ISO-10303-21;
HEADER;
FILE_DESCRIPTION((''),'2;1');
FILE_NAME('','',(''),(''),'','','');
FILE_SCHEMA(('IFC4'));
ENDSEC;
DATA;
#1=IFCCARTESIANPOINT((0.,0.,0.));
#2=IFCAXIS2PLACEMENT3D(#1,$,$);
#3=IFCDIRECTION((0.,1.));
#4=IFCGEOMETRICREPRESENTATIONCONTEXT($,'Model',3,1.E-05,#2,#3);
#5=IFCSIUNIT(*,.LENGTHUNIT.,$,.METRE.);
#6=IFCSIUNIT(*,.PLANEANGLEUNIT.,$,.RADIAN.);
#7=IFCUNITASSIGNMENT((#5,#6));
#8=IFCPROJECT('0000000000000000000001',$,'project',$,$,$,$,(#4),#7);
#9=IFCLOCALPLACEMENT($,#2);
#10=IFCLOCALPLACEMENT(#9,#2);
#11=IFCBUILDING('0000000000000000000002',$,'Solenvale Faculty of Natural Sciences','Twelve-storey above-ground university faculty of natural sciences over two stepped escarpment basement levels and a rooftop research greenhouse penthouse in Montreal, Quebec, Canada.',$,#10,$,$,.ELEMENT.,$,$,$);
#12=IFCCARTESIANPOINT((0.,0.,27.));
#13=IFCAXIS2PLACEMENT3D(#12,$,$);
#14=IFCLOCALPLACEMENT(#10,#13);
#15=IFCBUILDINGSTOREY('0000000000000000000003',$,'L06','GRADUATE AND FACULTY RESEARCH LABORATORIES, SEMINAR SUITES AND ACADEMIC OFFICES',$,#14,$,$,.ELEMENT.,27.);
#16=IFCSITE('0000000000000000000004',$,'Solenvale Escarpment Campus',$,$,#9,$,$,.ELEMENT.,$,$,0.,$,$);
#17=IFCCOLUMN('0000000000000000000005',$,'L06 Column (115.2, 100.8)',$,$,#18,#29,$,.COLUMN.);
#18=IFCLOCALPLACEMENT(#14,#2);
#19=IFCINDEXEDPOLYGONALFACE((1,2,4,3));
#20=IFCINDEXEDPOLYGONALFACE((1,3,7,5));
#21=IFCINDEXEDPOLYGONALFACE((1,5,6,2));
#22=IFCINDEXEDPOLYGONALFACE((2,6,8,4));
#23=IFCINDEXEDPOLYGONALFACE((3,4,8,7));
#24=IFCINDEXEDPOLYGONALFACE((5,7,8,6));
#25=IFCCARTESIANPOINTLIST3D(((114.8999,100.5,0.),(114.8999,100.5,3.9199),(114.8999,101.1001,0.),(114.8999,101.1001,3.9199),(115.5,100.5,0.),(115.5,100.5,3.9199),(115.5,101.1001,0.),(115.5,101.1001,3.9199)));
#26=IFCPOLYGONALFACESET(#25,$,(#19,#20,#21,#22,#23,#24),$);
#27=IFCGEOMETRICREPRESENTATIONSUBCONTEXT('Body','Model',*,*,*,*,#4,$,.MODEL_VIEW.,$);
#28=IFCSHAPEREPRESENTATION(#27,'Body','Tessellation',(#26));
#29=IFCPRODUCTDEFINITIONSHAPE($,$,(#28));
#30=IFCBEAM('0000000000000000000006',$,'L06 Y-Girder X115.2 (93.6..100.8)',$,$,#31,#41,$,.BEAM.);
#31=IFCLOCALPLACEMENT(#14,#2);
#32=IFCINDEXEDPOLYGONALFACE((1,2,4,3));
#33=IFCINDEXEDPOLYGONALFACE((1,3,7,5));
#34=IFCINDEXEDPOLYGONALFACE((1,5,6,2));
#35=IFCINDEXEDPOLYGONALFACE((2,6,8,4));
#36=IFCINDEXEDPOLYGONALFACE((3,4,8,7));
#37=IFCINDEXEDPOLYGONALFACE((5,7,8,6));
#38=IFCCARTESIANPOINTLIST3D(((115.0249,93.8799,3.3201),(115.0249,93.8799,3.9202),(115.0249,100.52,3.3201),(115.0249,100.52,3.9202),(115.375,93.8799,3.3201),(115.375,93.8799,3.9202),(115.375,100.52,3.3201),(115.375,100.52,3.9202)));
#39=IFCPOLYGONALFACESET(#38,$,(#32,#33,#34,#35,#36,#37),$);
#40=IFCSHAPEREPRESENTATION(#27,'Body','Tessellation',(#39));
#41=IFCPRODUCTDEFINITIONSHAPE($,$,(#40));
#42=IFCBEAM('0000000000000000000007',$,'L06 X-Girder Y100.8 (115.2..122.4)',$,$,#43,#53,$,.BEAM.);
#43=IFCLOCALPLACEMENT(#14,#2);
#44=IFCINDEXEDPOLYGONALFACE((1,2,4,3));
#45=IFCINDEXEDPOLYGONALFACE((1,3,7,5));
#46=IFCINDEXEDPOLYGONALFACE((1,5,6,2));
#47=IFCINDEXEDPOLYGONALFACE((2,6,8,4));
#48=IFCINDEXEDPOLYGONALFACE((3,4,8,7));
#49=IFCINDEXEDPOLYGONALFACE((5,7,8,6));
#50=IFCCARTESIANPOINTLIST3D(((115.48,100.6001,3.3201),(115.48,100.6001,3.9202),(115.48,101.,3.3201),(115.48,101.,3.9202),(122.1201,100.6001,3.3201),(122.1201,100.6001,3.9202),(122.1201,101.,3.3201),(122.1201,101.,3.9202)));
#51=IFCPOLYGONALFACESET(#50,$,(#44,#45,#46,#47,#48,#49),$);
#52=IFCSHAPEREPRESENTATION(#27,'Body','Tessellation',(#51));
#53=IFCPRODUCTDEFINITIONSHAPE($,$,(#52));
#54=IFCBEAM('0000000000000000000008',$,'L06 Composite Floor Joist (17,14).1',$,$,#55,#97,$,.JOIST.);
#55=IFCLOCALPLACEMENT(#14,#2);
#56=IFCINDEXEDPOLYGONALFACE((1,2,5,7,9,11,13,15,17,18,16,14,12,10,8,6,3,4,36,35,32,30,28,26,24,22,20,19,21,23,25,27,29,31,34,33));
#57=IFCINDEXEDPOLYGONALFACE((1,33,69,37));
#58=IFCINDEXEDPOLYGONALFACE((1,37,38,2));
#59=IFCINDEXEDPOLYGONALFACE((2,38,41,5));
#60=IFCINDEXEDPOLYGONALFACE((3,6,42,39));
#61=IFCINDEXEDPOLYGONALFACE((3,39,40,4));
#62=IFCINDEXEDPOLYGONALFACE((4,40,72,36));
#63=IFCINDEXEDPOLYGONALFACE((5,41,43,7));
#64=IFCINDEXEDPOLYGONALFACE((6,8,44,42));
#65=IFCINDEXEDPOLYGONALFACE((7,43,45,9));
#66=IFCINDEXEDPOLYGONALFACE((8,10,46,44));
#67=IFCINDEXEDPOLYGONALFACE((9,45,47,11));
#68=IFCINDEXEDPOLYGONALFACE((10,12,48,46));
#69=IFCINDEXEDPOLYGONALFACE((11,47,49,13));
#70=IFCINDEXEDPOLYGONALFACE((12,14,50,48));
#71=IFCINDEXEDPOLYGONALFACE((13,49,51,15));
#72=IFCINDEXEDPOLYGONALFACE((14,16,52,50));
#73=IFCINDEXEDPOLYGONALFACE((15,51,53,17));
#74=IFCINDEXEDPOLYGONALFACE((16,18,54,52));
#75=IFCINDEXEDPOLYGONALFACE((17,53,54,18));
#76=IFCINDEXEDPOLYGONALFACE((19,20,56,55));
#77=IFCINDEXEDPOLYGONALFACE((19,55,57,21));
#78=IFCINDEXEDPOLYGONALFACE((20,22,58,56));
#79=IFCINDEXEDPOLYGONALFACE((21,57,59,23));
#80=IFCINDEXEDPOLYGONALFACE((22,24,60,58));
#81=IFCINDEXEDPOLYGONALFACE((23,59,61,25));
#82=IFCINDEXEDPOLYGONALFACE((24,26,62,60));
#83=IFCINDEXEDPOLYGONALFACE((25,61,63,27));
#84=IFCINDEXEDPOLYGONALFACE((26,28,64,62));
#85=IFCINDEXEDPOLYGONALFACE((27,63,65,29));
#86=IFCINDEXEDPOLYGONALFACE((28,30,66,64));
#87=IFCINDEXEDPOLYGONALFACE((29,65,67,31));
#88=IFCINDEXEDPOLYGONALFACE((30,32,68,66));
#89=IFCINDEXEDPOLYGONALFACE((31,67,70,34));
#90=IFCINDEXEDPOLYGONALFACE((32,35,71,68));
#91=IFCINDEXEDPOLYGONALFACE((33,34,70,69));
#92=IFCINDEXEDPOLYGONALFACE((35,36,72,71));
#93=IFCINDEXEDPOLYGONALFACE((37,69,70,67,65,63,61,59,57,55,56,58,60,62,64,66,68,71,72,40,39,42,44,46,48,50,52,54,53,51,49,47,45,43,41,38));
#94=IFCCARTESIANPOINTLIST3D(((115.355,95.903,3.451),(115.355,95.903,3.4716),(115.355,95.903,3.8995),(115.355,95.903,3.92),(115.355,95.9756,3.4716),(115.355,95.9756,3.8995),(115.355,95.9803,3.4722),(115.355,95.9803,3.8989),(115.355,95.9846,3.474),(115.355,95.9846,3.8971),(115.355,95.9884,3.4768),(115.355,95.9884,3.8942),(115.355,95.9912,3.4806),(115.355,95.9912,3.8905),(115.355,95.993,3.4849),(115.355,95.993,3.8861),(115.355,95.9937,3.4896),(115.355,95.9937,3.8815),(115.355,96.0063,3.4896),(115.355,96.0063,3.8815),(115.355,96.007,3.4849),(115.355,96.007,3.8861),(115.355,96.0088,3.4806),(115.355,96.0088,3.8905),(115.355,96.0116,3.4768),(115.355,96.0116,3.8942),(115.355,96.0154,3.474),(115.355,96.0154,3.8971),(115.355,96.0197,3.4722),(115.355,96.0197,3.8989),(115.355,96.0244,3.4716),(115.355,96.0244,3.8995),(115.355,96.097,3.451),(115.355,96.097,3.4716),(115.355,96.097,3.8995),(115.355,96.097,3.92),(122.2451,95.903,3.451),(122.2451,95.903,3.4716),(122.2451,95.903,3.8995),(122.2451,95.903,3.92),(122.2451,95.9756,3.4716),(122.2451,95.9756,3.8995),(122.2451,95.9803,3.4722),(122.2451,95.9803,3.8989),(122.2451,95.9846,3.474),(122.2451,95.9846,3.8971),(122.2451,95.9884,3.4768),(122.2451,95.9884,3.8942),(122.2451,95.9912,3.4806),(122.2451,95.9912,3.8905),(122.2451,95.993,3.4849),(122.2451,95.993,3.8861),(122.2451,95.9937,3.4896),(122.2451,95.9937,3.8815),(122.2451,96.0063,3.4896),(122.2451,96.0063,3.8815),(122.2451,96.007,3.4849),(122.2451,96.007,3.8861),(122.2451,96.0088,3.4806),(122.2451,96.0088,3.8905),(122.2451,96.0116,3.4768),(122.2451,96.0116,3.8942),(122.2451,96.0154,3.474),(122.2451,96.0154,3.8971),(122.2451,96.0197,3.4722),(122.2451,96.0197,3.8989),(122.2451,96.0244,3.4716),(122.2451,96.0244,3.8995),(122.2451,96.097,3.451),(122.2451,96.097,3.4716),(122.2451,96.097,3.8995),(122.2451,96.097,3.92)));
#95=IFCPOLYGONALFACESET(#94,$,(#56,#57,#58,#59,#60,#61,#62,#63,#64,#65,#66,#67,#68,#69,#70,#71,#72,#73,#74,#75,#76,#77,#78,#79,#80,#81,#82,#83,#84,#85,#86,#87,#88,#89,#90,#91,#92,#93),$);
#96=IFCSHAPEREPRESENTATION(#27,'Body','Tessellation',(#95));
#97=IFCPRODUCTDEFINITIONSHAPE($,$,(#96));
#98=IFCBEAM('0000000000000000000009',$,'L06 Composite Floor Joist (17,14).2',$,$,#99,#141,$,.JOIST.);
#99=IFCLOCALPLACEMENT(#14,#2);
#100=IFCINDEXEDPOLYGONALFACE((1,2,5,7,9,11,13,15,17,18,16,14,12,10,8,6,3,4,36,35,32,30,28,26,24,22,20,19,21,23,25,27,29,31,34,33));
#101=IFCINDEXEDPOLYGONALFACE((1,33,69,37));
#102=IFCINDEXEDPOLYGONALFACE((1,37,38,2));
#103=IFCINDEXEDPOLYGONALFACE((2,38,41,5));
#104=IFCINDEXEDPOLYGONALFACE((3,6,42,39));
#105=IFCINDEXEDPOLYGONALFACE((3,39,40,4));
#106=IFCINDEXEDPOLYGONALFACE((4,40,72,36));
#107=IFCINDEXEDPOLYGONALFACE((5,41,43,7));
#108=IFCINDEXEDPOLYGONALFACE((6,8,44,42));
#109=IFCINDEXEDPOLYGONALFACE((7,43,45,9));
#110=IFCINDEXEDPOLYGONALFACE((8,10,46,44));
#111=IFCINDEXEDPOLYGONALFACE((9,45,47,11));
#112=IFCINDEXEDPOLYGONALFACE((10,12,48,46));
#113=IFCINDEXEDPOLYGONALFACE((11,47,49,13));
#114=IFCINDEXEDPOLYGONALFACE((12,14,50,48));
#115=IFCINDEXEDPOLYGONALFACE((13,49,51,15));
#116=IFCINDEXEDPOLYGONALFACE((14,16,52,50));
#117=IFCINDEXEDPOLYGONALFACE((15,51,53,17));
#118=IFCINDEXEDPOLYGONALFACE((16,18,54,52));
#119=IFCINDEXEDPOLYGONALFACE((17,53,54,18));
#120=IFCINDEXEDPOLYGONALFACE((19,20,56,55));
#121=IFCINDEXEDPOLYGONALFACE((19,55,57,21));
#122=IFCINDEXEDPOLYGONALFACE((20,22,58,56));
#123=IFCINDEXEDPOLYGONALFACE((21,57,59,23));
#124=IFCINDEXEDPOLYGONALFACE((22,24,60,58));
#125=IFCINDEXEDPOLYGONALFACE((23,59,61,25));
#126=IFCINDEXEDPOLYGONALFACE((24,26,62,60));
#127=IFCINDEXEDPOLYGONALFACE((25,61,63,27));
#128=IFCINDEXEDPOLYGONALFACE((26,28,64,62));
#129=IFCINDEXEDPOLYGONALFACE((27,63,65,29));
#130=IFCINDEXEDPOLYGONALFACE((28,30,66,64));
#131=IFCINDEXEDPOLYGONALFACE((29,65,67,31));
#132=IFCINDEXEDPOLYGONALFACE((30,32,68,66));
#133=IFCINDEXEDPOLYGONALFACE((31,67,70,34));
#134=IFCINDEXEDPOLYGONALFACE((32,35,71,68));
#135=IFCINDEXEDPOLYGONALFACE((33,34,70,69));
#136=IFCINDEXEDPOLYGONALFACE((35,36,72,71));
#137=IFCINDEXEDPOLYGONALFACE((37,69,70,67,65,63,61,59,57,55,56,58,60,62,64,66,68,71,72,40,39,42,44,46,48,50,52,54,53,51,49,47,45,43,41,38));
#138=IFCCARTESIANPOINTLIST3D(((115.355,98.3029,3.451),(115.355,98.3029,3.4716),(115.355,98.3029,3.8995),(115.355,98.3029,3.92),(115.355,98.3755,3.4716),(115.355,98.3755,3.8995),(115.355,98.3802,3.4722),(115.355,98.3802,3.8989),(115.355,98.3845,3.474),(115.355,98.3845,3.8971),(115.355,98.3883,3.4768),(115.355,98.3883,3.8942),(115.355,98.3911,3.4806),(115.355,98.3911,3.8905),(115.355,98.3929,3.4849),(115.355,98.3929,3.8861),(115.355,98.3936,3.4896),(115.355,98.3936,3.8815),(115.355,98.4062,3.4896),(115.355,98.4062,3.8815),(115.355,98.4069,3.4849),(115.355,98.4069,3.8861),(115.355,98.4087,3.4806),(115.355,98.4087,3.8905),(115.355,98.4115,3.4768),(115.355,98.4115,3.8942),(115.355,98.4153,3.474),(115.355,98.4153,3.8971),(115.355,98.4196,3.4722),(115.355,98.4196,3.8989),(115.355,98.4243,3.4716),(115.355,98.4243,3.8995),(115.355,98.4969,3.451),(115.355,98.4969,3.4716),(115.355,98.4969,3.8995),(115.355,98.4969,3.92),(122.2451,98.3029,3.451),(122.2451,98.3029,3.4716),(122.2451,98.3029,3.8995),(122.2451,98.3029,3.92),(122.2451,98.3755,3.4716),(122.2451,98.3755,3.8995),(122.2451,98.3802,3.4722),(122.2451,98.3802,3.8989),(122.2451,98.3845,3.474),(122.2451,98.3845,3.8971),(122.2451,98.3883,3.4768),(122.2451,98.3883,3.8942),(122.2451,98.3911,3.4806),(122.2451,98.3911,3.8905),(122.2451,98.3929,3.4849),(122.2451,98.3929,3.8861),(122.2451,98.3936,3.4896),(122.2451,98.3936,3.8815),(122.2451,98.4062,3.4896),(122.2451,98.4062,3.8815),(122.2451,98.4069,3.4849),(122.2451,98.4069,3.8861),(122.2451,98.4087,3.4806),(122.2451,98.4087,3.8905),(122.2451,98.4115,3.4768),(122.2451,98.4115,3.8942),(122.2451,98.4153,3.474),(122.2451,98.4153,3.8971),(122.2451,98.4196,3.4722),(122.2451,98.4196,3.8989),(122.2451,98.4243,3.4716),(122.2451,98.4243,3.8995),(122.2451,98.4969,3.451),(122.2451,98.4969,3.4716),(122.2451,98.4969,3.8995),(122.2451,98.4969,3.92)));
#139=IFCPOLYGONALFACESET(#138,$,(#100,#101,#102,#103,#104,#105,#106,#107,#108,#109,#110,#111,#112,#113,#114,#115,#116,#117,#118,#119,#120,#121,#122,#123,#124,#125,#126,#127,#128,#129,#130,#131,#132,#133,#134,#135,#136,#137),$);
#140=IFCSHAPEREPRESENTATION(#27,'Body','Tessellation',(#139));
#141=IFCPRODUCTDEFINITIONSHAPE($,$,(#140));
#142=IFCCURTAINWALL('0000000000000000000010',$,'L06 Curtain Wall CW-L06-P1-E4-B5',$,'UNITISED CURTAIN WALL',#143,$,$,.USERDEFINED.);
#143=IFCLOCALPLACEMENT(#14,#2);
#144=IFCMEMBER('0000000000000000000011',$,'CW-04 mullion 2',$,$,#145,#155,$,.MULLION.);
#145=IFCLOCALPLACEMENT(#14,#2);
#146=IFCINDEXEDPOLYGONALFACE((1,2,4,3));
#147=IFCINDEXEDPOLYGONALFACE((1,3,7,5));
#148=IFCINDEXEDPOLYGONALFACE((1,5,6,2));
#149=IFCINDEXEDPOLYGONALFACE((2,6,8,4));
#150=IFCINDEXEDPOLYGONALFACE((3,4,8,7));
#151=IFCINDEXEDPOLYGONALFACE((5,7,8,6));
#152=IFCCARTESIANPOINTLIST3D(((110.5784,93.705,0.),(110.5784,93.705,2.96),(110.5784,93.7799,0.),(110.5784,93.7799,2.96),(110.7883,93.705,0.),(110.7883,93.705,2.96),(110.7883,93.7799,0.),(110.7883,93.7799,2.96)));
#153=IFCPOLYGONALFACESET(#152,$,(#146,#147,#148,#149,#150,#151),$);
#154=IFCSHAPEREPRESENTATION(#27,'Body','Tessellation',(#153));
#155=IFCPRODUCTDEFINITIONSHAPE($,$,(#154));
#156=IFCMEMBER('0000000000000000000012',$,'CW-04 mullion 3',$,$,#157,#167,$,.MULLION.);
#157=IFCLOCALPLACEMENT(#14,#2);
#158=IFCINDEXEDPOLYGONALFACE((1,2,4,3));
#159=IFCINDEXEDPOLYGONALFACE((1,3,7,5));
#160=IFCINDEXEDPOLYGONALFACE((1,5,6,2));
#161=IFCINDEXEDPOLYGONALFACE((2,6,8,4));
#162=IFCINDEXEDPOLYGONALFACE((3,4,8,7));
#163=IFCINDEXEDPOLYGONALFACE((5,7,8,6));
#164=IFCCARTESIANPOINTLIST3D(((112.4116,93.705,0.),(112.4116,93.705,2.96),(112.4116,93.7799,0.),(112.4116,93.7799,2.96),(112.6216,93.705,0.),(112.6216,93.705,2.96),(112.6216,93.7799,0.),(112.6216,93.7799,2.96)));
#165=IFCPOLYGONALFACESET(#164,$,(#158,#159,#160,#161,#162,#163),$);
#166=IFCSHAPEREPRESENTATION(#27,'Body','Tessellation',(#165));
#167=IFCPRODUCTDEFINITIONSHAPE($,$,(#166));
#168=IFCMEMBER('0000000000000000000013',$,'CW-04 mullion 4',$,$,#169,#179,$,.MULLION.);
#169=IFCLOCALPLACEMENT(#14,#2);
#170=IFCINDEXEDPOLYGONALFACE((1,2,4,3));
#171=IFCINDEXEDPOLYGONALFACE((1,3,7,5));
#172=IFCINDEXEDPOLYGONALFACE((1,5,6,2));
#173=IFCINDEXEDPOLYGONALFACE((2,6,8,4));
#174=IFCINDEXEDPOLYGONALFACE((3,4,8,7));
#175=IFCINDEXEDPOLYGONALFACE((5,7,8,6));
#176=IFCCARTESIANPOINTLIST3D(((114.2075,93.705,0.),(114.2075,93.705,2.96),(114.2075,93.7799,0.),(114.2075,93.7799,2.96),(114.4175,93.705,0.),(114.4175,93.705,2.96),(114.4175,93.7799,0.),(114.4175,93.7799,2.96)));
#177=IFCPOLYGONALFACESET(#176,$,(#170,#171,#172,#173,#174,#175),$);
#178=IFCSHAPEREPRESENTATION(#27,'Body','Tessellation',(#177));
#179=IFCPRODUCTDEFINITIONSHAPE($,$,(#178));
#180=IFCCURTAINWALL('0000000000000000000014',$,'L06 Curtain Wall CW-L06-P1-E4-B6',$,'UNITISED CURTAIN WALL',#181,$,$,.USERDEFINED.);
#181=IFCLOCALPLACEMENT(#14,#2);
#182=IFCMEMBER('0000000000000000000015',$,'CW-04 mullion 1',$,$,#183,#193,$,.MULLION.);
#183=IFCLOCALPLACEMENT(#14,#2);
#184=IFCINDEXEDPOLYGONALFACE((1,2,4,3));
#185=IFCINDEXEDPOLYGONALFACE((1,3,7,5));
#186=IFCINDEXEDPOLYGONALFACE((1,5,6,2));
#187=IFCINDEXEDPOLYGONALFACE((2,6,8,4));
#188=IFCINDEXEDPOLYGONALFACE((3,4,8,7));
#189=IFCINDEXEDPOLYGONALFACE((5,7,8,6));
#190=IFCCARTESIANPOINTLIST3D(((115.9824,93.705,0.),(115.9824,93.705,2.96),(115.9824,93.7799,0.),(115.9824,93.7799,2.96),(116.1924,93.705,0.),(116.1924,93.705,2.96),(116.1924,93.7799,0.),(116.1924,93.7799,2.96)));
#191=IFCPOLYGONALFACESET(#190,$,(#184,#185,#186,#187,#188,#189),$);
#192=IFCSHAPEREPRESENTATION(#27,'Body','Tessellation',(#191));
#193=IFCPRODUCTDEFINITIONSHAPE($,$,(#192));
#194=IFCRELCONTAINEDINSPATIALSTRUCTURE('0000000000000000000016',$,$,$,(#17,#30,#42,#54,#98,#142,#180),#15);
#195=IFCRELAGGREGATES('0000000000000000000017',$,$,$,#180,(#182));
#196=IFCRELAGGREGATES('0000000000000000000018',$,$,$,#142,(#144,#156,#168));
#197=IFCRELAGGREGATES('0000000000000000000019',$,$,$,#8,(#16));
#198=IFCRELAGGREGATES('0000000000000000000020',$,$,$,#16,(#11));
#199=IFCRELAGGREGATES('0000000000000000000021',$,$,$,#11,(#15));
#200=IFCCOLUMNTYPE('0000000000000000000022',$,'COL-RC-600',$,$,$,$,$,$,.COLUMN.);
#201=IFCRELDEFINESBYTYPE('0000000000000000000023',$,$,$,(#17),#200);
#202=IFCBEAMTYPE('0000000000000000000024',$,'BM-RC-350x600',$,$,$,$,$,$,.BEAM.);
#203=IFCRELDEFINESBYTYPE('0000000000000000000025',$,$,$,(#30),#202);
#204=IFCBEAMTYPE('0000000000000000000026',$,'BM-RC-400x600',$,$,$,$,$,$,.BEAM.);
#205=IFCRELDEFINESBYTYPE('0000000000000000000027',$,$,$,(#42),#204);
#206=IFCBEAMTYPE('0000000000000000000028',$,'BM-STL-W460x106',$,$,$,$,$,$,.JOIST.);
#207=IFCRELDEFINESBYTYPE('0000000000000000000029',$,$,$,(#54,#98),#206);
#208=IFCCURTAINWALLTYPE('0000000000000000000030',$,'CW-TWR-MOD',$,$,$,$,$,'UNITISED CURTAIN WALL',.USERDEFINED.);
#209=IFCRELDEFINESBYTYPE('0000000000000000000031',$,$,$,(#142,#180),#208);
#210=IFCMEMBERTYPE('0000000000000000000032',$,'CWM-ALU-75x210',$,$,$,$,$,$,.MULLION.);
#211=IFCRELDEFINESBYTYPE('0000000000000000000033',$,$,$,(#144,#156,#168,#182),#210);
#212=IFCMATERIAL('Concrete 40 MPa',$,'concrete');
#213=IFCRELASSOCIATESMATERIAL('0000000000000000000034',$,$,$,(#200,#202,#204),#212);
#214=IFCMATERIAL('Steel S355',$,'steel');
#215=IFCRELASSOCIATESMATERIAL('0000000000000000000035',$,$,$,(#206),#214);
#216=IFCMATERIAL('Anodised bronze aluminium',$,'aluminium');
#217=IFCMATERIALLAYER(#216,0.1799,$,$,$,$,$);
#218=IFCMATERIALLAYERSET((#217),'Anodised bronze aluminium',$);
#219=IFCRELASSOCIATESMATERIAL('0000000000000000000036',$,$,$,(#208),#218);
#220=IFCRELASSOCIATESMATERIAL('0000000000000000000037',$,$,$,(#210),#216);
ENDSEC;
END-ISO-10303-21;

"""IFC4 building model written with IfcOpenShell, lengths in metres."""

from ifc_helpers import new_model, si_unit, direction, frame, origin, origin_2d, place, context, subcontext, project, spatial, rectangle, i_section, extrude, material, layer, layer_set, material_profile, profile_set, type_object, element, aggregate, save


model = new_model("IFC4")

# Units and contexts
model_context = context("Model", 3, precision=1e-05, world=origin(), true_north=direction((0.0, 1.0)))
body_context = subcontext(model_context, "Body", "Model", "MODEL_VIEW")
ifc_project = project(units=[si_unit("LENGTHUNIT", "METRE"), si_unit("PLANEANGLEUNIT", "RADIAN")], contexts=[model_context])

# Site, building, storey
site_placement = place(None, origin())
site = spatial("IfcSite", under=ifc_project, at=site_placement, Name="Solenvale Escarpment Campus", CompositionType="ELEMENT", RefElevation=0.0)
building_placement = place(site_placement, origin())
building = spatial("IfcBuilding", under=site, at=building_placement, Name="Solenvale Faculty of Natural Sciences", Description="Twelve-storey above-ground university faculty of natural sciences over two stepped escarpment basement levels and a rooftop research greenhouse penthouse in Montreal, Quebec, Canada.", CompositionType="ELEMENT")
storey_placement = place(building_placement, frame((0.0, 0.0, 27.0)))
storey = spatial("IfcBuildingStorey", under=building, at=storey_placement, Name="L06", Description="GRADUATE AND FACULTY RESEARCH LABORATORIES, SEMINAR SUITES AND ACADEMIC OFFICES", CompositionType="ELEMENT", Elevation=27.0)

# Column
ifc_material_1 = material(Name="Concrete 40 MPa", Category="concrete")
ifc_material_profile_1 = material_profile(ifc_material_1, rectangle(XDim=0.6001, YDim=0.6001, at=origin_2d()), Name="RC-COL-600x600")
ifc_profile_set_1 = profile_set([ifc_material_profile_1], Name="Concrete 40 MPa")
column_type = type_object("IfcColumnType", Name="COL-RC-600", PredefinedType="COLUMN", material=ifc_profile_set_1)
column_placement = place(storey_placement, frame((115.2, 100.8, 0.0), z_axis=(0.0, 0.0, 1.0), x_axis=(1.0, 0.0, 0.0)))
element("IfcColumn", 1, at=column_placement, inside=storey, type_object=column_type, Name="L06 Column (115.2, 100.8)", PredefinedType="COLUMN", context=body_context, shape_type="SweptSolid", body=[
    extrude(rectangle(XDim=0.6001, YDim=0.6001, at=origin_2d()), origin(), (0.0, 0.0, 1.0), 3.9199),
])

# Beams
ifc_material_profile_2 = material_profile(ifc_material_1, rectangle(XDim=0.3501, YDim=0.6001, at=origin_2d()), Name="RC-BM-350x600")
ifc_profile_set_2 = profile_set([ifc_material_profile_2], Name="Concrete 40 MPa")
beam_type_1 = type_object("IfcBeamType", Name="BM-RC-350x600", PredefinedType="BEAM", material=ifc_profile_set_2)
beam_1_placement = place(storey_placement, frame((115.2, 93.8799, 3.6201), z_axis=(0.0, 1.0, 0.0), x_axis=(-1.0, 0.0, 0.0)))
element("IfcBeam", 2, at=beam_1_placement, inside=storey, type_object=beam_type_1, Name="L06 Y-Girder X115.2 (93.6..100.8)", PredefinedType="BEAM", context=body_context, shape_type="SweptSolid", body=[
    extrude(rectangle(XDim=0.3501, YDim=0.6001, at=origin_2d()), origin(), (0.0, 0.0, 1.0), 6.6401),
])
ifc_material_profile_3 = material_profile(ifc_material_1, rectangle(XDim=0.3999, YDim=0.6001, at=origin_2d()), Name="RC-BM-400x600")
ifc_profile_set_3 = profile_set([ifc_material_profile_3], Name="Concrete 40 MPa")
beam_type_2 = type_object("IfcBeamType", Name="BM-RC-400x600", PredefinedType="BEAM", material=ifc_profile_set_3)
beam_2_placement = place(storey_placement, frame((115.48, 100.8, 3.6201), z_axis=(1.0, 0.0, 0.0), x_axis=(0.0, 1.0, 0.0)))
element("IfcBeam", 3, at=beam_2_placement, inside=storey, type_object=beam_type_2, Name="L06 X-Girder Y100.8 (115.2..122.4)", PredefinedType="BEAM", context=body_context, shape_type="SweptSolid", body=[
    extrude(rectangle(XDim=0.3999, YDim=0.6001, at=origin_2d()), origin(), (0.0, 0.0, 1.0), 6.6401),
])
ifc_material_2 = material(Name="Steel S355", Category="steel")
ifc_material_profile_4 = material_profile(ifc_material_2, i_section(OverallWidth=0.1941, OverallDepth=0.469, WebThickness=0.0127, FlangeThickness=0.0205, FilletRadius=0.0181, at=origin_2d()), Name="W460x106")
ifc_profile_set_4 = profile_set([ifc_material_profile_4], Name="Steel S355")
beam_type_3 = type_object("IfcBeamType", Name="BM-STL-W460x106", PredefinedType="JOIST", material=ifc_profile_set_4)
for number, where, z_axis, x_axis, name in (
    (4, (115.355, 96.0, 3.6855), (1.0, 0.0, 0.0), (0.0, 1.0, 0.0), "L06 Composite Floor Joist (17,14).1"),
    (5, (115.355, 98.3999, 3.6855), (1.0, 0.0, 0.0), (0.0, 1.0, 0.0), "L06 Composite Floor Joist (17,14).2"),
):
    element("IfcBeam", number, at=place(storey_placement, frame(where, z_axis=z_axis, x_axis=x_axis)), inside=storey, type_object=beam_type_3, Name=name, PredefinedType="JOIST", context=body_context, shape_type="SweptSolid", body=[
        extrude(i_section(OverallWidth=0.1941, OverallDepth=0.469, WebThickness=0.0127, FlangeThickness=0.0205, FilletRadius=0.0181, at=origin_2d()), origin(), (0.0, 0.0, 1.0), 6.8901),
    ])

# Curtain wall, members
ifc_material_3 = material(Name="Anodised bronze aluminium", Category="aluminium")
ifc_layer_1 = layer(ifc_material_3, 0.1799)
ifc_layer_set_1 = layer_set([ifc_layer_1], Name="Anodised bronze aluminium")
curtain_wall_type = type_object("IfcCurtainWallType", Name="CW-TWR-MOD", ElementType="UNITISED CURTAIN WALL", PredefinedType="USERDEFINED", material=ifc_layer_set_1)
curtain_wall_1_placement = place(storey_placement, origin())
curtain_wall_1 = element("IfcCurtainWall", 6, at=curtain_wall_1_placement, inside=storey, type_object=curtain_wall_type, Name="L06 Curtain Wall CW-L06-P1-E4-B5", ObjectType="UNITISED CURTAIN WALL", PredefinedType="USERDEFINED")
ifc_material_profile_5 = material_profile(ifc_material_3, rectangle(XDim=0.075, YDim=0.21, at=origin_2d()), Name="ALU-MUL-75x210")
ifc_profile_set_5 = profile_set([ifc_material_profile_5], Name="Anodised bronze aluminium")
member_type_1 = type_object("IfcMemberType", Name="CWM-ALU-75x210", PredefinedType="MULLION", material=ifc_profile_set_5)
member_1_placement = place(storey_placement, frame((110.6833, 93.7424, 0.0), z_axis=(0.0, 0.0, 1.0), x_axis=(0.0, 1.0, 0.0)))
member_1 = element("IfcMember", 7, at=member_1_placement, type_object=member_type_1, Name="CW-04 mullion 2", PredefinedType="MULLION", context=body_context, shape_type="SweptSolid", body=[
    extrude(rectangle(XDim=0.075, YDim=0.21, at=origin_2d()), origin(), (0.0, 0.0, 1.0), 2.96),
])
member_2_placement = place(storey_placement, frame((112.5166, 93.7424, 0.0), z_axis=(0.0, 0.0, 1.0), x_axis=(0.0, 1.0, 0.0)))
member_2 = element("IfcMember", 8, at=member_2_placement, type_object=member_type_1, Name="CW-04 mullion 3", PredefinedType="MULLION", context=body_context, shape_type="SweptSolid", body=[
    extrude(rectangle(XDim=0.075, YDim=0.21, at=origin_2d()), origin(), (0.0, 0.0, 1.0), 2.96),
])
member_3_placement = place(storey_placement, frame((114.3125, 93.7424, 0.0), z_axis=(0.0, 0.0, 1.0), x_axis=(0.0, 1.0, 0.0)))
member_3 = element("IfcMember", 9, at=member_3_placement, type_object=member_type_1, Name="CW-04 mullion 4", PredefinedType="MULLION", context=body_context, shape_type="SweptSolid", body=[
    extrude(rectangle(XDim=0.075, YDim=0.21, at=origin_2d()), origin(), (0.0, 0.0, 1.0), 2.96),
])

# Curtain wall, member
curtain_wall_2_placement = place(storey_placement, origin())
curtain_wall_2 = element("IfcCurtainWall", 10, at=curtain_wall_2_placement, inside=storey, type_object=curtain_wall_type, Name="L06 Curtain Wall CW-L06-P1-E4-B6", ObjectType="UNITISED CURTAIN WALL", PredefinedType="USERDEFINED")
member_4_placement = place(storey_placement, frame((116.0874, 93.7424, 0.0), z_axis=(0.0, 0.0, 1.0), x_axis=(0.0, 1.0, 0.0)))
member_4 = element("IfcMember", 11, at=member_4_placement, type_object=member_type_1, Name="CW-04 mullion 1", PredefinedType="MULLION", context=body_context, shape_type="SweptSolid", body=[
    extrude(rectangle(XDim=0.075, YDim=0.21, at=origin_2d()), origin(), (0.0, 0.0, 1.0), 2.96),
])

aggregate(curtain_wall_2, [member_4])

aggregate(curtain_wall_1, [member_1, member_2, member_3])

save(model, "model.ifc")
